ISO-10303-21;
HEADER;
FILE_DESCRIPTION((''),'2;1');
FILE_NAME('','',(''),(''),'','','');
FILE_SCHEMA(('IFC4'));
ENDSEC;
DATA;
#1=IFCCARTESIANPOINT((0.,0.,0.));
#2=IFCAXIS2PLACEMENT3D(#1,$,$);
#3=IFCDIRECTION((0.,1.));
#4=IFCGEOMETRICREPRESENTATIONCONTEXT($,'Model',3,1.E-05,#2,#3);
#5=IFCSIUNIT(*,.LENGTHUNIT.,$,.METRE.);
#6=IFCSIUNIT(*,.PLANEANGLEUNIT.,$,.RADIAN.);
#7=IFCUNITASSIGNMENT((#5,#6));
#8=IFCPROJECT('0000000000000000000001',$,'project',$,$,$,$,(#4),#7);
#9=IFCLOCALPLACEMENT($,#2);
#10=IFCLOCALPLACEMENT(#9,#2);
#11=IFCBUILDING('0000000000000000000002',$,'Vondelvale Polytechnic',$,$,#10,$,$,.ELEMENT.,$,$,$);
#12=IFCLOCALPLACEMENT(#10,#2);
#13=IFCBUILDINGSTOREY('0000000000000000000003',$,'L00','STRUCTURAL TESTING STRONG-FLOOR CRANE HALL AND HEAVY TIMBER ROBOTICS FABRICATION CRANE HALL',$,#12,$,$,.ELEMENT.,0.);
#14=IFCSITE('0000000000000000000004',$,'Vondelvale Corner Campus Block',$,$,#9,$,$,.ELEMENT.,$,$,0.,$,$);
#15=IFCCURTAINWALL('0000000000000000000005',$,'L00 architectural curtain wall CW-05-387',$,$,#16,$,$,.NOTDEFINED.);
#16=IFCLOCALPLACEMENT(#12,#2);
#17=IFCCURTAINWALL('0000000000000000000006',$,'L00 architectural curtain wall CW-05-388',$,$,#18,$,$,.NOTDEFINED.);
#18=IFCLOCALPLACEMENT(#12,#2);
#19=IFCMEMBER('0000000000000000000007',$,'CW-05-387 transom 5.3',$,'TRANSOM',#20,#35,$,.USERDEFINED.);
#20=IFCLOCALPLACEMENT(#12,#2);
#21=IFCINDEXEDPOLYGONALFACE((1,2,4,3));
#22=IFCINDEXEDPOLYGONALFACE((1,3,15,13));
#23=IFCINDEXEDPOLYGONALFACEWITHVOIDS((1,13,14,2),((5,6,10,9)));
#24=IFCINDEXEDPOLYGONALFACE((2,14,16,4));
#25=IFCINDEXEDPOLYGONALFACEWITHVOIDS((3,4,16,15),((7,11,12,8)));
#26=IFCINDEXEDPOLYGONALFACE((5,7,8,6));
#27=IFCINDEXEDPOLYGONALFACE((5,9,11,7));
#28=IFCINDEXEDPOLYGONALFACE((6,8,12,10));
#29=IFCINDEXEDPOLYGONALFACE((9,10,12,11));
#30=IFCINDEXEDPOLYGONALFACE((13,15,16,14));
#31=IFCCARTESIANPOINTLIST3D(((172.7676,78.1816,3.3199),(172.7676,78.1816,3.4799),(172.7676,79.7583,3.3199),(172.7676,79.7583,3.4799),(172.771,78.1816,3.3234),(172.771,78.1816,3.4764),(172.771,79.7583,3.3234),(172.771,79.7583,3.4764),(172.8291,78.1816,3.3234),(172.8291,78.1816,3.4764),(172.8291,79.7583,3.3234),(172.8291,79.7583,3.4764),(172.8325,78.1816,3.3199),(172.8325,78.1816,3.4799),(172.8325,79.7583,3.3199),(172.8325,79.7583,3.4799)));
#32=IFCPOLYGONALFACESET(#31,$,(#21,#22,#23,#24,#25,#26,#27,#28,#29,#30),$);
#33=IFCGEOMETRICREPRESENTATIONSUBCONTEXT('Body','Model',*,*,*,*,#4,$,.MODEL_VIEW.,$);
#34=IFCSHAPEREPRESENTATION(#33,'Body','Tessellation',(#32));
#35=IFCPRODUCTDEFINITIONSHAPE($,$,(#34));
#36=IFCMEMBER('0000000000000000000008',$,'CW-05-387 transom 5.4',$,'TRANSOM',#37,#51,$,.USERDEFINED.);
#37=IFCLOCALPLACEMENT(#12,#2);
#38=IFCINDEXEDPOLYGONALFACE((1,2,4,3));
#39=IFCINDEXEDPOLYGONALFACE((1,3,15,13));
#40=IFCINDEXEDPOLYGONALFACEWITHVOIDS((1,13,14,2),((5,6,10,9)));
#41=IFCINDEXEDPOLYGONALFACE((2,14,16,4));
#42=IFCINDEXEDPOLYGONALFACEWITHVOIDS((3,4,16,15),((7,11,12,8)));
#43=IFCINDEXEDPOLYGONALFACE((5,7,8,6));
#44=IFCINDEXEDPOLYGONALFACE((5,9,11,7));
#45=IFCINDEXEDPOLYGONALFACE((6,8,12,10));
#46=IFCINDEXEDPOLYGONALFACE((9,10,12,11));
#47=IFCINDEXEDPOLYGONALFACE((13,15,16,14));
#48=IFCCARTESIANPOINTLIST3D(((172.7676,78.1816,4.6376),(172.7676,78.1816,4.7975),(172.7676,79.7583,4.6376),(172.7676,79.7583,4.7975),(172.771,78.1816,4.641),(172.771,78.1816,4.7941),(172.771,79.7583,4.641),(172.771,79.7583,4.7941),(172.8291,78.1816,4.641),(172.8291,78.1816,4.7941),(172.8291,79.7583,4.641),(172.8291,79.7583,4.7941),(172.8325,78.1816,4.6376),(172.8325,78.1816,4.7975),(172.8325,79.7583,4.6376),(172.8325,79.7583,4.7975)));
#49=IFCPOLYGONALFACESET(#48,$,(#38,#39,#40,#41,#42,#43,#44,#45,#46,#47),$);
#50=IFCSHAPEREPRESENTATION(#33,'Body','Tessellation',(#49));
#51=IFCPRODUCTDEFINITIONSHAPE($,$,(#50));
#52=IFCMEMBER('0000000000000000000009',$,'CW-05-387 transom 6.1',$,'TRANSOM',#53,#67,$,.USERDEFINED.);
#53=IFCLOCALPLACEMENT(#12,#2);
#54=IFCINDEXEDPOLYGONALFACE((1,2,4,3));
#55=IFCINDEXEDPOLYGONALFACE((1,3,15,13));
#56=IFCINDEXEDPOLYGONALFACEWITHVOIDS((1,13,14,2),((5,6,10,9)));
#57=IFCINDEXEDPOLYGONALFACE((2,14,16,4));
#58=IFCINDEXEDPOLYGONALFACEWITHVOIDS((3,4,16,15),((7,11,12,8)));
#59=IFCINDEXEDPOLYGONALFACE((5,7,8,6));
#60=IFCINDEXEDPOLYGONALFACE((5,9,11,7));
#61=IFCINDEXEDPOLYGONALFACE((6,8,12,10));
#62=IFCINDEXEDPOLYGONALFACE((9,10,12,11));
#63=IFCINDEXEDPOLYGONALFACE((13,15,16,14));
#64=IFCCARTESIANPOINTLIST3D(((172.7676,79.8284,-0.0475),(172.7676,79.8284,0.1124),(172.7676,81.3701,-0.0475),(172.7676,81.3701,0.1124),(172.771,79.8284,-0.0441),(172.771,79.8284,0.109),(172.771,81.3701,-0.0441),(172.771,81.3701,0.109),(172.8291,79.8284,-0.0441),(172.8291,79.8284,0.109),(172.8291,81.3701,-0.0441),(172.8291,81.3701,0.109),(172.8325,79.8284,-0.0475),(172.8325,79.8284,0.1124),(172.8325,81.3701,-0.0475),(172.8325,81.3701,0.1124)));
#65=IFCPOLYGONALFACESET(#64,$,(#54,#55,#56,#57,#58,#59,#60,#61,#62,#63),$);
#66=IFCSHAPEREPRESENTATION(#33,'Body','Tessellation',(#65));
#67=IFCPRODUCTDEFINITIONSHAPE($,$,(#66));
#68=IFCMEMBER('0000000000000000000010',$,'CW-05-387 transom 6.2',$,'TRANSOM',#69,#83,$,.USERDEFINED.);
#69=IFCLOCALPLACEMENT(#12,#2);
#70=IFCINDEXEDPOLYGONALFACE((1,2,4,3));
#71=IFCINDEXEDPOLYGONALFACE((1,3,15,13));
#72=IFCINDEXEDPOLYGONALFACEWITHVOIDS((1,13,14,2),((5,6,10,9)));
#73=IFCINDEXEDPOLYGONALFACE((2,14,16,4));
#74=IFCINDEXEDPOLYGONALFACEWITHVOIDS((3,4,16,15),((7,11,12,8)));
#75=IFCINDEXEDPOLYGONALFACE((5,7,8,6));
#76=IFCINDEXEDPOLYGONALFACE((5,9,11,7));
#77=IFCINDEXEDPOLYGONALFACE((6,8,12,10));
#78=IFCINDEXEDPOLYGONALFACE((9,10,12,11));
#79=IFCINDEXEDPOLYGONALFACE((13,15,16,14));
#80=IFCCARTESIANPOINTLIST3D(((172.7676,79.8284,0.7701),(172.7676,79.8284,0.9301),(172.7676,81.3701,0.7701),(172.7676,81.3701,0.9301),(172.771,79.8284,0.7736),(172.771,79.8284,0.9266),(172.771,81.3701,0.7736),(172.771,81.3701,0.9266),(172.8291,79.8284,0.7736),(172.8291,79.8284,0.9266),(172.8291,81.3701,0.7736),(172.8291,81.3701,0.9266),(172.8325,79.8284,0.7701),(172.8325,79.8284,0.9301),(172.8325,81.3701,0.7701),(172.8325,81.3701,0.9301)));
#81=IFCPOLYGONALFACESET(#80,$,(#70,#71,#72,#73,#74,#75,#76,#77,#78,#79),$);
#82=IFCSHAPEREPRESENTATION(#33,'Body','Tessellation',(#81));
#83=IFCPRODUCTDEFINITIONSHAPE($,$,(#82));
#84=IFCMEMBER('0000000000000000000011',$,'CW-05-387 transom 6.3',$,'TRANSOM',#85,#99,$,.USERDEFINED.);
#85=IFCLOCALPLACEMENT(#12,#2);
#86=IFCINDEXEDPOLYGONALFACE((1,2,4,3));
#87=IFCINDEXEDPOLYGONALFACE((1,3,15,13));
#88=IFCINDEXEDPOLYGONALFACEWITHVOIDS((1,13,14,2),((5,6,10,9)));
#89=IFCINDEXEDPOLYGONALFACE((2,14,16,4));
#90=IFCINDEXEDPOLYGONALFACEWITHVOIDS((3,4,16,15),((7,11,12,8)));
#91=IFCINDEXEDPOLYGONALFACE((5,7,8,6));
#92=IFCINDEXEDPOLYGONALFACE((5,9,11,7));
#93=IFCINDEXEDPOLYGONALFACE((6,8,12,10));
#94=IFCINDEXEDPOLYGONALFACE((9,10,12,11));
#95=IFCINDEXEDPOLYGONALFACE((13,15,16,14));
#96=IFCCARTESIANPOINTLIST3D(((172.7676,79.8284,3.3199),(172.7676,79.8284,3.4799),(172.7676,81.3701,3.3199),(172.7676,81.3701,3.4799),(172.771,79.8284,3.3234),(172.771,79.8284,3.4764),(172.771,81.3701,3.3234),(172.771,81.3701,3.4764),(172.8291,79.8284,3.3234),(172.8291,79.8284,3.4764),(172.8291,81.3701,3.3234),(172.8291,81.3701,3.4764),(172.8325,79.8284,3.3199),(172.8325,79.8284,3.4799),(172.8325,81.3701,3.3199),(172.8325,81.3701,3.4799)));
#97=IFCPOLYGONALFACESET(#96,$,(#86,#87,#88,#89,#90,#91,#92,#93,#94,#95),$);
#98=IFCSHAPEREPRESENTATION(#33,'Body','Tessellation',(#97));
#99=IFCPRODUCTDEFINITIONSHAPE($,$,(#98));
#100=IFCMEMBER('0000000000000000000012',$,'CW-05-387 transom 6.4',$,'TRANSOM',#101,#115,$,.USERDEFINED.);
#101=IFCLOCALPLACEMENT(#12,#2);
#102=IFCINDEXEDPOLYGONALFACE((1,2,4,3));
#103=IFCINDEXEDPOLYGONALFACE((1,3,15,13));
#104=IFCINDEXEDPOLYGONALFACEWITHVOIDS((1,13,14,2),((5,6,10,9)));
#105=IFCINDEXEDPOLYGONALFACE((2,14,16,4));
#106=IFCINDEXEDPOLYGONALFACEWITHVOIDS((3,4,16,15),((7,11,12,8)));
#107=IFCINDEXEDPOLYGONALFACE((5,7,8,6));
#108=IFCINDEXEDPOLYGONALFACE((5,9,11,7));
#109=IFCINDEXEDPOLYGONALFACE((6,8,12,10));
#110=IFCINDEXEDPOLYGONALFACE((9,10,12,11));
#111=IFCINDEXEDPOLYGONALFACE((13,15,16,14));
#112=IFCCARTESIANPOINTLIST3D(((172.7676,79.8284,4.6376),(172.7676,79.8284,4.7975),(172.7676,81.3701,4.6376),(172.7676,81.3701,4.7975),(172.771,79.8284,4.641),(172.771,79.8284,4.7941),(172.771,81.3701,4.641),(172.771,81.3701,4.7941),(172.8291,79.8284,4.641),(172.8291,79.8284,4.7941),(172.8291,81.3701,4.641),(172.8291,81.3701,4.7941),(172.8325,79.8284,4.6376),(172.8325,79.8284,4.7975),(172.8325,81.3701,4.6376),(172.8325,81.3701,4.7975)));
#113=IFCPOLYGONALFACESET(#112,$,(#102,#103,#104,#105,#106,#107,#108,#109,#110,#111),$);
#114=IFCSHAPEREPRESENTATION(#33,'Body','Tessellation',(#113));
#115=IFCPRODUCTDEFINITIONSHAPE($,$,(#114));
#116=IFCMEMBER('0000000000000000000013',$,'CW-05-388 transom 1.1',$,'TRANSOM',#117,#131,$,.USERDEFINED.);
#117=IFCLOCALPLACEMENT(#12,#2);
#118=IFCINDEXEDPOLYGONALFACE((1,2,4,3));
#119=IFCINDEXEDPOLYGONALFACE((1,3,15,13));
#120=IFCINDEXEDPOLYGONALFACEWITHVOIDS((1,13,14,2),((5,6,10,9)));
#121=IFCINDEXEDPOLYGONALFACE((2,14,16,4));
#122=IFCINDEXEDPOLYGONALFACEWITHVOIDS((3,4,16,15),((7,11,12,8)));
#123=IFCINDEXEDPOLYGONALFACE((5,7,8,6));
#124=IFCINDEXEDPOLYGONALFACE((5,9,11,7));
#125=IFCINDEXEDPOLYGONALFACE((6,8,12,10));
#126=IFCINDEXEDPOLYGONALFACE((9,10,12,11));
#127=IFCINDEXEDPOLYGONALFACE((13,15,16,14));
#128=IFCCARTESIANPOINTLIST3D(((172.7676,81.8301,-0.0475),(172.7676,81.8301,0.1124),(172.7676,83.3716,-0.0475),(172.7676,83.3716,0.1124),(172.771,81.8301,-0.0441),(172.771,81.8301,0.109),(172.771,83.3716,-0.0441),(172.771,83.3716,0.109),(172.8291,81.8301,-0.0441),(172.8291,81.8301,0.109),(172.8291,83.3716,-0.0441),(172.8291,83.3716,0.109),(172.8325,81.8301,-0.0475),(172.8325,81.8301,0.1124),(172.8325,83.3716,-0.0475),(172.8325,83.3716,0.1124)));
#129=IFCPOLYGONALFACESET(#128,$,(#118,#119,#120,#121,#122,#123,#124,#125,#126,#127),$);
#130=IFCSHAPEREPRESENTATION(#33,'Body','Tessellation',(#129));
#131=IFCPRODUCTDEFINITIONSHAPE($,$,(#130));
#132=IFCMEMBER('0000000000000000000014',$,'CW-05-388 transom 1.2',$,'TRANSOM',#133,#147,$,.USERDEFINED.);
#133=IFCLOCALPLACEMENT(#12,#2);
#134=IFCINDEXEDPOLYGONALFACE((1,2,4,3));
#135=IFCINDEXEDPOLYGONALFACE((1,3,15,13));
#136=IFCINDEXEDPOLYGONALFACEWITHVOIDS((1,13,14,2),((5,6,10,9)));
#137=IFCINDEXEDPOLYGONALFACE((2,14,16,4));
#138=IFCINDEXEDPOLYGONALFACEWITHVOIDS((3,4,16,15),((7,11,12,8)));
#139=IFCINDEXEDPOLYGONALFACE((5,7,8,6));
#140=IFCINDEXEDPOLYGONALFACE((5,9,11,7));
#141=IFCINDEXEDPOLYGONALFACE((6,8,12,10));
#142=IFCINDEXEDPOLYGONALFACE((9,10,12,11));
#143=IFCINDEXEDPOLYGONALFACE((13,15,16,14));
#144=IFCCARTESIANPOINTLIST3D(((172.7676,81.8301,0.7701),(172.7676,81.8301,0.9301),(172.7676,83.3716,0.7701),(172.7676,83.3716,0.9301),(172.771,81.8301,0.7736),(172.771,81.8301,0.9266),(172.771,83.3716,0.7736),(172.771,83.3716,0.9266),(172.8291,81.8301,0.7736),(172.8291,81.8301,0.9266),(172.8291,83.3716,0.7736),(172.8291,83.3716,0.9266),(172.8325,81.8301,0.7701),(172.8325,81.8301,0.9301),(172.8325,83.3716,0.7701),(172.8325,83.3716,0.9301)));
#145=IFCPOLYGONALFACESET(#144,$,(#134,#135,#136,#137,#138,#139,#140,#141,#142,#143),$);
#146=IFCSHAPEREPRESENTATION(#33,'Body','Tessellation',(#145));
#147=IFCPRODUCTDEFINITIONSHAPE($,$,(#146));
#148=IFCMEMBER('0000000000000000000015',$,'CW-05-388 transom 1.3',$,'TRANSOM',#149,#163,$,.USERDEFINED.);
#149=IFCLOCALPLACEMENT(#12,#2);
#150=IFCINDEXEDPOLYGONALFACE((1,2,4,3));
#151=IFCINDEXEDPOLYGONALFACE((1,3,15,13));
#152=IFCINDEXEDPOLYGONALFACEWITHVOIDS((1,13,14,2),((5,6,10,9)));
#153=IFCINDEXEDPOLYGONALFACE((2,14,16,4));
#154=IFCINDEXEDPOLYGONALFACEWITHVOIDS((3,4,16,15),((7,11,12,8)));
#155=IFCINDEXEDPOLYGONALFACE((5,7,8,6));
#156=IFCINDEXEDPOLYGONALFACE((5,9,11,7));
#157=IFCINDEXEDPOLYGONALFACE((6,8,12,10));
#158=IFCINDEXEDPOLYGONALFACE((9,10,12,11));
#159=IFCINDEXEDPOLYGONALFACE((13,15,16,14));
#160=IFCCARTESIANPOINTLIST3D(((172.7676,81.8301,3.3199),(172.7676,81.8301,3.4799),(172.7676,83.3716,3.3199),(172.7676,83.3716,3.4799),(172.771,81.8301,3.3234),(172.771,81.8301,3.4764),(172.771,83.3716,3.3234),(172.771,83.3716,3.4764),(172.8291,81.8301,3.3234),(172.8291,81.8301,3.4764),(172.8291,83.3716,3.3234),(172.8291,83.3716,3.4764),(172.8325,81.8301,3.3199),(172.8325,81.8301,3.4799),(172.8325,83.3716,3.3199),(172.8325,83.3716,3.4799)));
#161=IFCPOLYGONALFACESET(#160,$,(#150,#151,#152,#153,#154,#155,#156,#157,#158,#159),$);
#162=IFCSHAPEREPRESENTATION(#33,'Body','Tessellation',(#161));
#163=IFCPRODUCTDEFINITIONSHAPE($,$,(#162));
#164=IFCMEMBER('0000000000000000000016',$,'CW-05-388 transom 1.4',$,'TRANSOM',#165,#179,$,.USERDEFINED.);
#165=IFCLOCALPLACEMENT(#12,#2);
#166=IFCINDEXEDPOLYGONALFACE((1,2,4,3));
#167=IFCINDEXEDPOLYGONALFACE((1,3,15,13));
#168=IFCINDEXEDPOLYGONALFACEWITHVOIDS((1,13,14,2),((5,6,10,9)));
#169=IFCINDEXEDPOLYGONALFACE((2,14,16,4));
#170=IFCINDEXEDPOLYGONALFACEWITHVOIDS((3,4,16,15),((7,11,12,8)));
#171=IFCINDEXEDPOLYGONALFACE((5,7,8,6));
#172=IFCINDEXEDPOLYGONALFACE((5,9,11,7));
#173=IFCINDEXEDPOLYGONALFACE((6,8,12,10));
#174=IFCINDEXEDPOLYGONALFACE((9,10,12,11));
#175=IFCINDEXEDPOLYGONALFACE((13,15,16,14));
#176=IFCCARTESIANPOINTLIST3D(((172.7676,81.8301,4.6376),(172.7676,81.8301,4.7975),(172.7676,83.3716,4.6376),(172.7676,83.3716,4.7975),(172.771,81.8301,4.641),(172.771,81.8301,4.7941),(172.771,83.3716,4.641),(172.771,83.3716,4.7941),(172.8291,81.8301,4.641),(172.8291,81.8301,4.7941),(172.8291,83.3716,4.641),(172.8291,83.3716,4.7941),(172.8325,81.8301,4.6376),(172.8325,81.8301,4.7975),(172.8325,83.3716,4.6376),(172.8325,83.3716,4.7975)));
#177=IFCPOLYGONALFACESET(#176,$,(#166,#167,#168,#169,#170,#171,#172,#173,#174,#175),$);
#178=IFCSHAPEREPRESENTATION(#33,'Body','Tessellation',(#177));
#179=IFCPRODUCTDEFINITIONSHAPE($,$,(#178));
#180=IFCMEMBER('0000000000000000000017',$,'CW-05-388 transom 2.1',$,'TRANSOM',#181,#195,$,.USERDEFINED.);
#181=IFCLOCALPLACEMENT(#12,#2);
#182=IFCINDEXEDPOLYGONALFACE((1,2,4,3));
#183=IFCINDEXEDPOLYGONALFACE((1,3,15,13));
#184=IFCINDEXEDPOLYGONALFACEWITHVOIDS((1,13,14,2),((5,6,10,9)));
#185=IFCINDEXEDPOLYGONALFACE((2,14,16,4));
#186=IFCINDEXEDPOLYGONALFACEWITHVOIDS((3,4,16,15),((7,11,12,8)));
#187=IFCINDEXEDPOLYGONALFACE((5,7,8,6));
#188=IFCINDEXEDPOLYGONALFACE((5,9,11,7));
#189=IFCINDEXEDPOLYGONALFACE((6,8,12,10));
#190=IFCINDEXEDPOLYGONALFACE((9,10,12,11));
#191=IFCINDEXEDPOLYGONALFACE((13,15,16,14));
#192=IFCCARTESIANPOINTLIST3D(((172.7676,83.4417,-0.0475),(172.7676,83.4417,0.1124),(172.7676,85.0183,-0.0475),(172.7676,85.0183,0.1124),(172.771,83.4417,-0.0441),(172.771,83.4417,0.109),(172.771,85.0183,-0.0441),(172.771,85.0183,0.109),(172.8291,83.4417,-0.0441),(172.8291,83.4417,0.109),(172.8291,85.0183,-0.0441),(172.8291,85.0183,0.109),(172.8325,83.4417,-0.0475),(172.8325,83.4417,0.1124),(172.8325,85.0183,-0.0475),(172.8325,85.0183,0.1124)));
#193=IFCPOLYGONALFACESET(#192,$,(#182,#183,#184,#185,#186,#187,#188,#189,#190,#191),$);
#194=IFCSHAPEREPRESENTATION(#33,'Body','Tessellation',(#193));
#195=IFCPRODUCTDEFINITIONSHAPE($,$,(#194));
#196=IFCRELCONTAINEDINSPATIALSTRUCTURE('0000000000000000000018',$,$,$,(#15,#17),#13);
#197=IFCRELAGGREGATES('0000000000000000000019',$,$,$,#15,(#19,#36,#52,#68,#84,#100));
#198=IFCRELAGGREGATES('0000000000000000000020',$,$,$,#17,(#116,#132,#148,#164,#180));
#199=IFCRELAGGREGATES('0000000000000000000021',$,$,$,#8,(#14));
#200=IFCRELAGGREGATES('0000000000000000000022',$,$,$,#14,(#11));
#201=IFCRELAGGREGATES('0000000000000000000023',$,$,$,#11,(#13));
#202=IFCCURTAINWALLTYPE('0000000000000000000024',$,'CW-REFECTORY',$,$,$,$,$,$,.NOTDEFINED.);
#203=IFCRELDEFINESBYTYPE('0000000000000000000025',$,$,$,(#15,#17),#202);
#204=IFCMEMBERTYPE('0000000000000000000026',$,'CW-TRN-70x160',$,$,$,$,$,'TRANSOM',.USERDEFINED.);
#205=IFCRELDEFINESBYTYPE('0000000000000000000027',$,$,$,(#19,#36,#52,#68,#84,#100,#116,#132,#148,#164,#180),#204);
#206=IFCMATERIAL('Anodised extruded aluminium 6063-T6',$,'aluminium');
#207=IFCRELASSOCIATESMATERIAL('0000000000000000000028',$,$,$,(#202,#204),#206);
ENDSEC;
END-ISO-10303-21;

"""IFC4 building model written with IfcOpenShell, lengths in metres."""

from ifc_helpers import new_model, si_unit, direction, frame, origin, origin_2d, place, context, subcontext, project, spatial, hollow_rectangle, extrude, material, material_profile, profile_set, type_object, element, aggregate, save


model = new_model("IFC4")

# Units and contexts
model_context = context("Model", 3, precision=1e-05, world=origin(), true_north=direction((0.0, 1.0)))
body_context = subcontext(model_context, "Body", "Model", "MODEL_VIEW")
ifc_project = project(units=[si_unit("LENGTHUNIT", "METRE"), si_unit("PLANEANGLEUNIT", "RADIAN")], contexts=[model_context])

# Site, building, storey
site_placement = place(None, origin())
site = spatial("IfcSite", under=ifc_project, at=site_placement, Name="Vondelvale Corner Campus Block", CompositionType="ELEMENT", RefElevation=0.0)
building_placement = place(site_placement, origin())
building = spatial("IfcBuilding", under=site, at=building_placement, Name="Vondelvale Polytechnic", CompositionType="ELEMENT")
storey_placement = place(building_placement, origin())
storey = spatial("IfcBuildingStorey", under=building, at=storey_placement, Name="L00", Description="STRUCTURAL TESTING STRONG-FLOOR CRANE HALL AND HEAVY TIMBER ROBOTICS FABRICATION CRANE HALL", CompositionType="ELEMENT", Elevation=0.0)

# Curtain walls
ifc_material_1 = material(Name="Anodised extruded aluminium 6063-T6", Category="aluminium")
curtain_wall_type = type_object("IfcCurtainWallType", Name="CW-REFECTORY", PredefinedType="NOTDEFINED", material=ifc_material_1)
curtain_wall_1_placement = place(storey_placement, origin())
curtain_wall_1 = element("IfcCurtainWall", 1, at=curtain_wall_1_placement, inside=storey, type_object=curtain_wall_type, Name="L00 architectural curtain wall CW-05-387", PredefinedType="NOTDEFINED")
curtain_wall_2_placement = place(storey_placement, origin())
curtain_wall_2 = element("IfcCurtainWall", 2, at=curtain_wall_2_placement, inside=storey, type_object=curtain_wall_type, Name="L00 architectural curtain wall CW-05-388", PredefinedType="NOTDEFINED")

# Members
ifc_material_profile_1 = material_profile(ifc_material_1, hollow_rectangle(XDim=0.0649, YDim=0.1599, WallThickness=0.0034, at=origin_2d()), Name="CW-TRN-160x65")
ifc_profile_set_1 = profile_set([ifc_material_profile_1], Name="Anodised extruded aluminium 6063-T6")
member_type_1 = type_object("IfcMemberType", Name="CW-TRN-70x160", ElementType="TRANSOM", PredefinedType="USERDEFINED", material=ifc_profile_set_1)
member_1_placement = place(storey_placement, frame((172.8, 78.1816, 3.3999), z_axis=(0.0, 1.0, 0.0), x_axis=(-1.0, 0.0, 0.0)))
member_1 = element("IfcMember", 3, at=member_1_placement, type_object=member_type_1, Name="CW-05-387 transom 5.3", ObjectType="TRANSOM", PredefinedType="USERDEFINED", context=body_context, shape_type="SweptSolid", body=[
    extrude(hollow_rectangle(XDim=0.0649, YDim=0.1599, WallThickness=0.0034, at=origin_2d()), origin(), (0.0, 0.0, 1.0), 1.5767),
])
member_2_placement = place(storey_placement, frame((172.8, 78.1816, 4.7175), z_axis=(0.0, 1.0, 0.0), x_axis=(-1.0, 0.0, 0.0)))
member_2 = element("IfcMember", 4, at=member_2_placement, type_object=member_type_1, Name="CW-05-387 transom 5.4", ObjectType="TRANSOM", PredefinedType="USERDEFINED", context=body_context, shape_type="SweptSolid", body=[
    extrude(hollow_rectangle(XDim=0.0649, YDim=0.1599, WallThickness=0.0034, at=origin_2d()), origin(), (0.0, 0.0, 1.0), 1.5767),
])
member_3_placement = place(storey_placement, frame((172.8, 79.8284, 0.0325), z_axis=(0.0, 1.0, 0.0), x_axis=(-1.0, 0.0, 0.0)))
member_3 = element("IfcMember", 5, at=member_3_placement, type_object=member_type_1, Name="CW-05-387 transom 6.1", ObjectType="TRANSOM", PredefinedType="USERDEFINED", context=body_context, shape_type="SweptSolid", body=[
    extrude(hollow_rectangle(XDim=0.0649, YDim=0.1599, WallThickness=0.0034, at=origin_2d()), origin(), (0.0, 0.0, 1.0), 1.5417),
])
member_4_placement = place(storey_placement, frame((172.8, 79.8284, 0.8501), z_axis=(0.0, 1.0, 0.0), x_axis=(-1.0, 0.0, 0.0)))
member_4 = element("IfcMember", 6, at=member_4_placement, type_object=member_type_1, Name="CW-05-387 transom 6.2", ObjectType="TRANSOM", PredefinedType="USERDEFINED", context=body_context, shape_type="SweptSolid", body=[
    extrude(hollow_rectangle(XDim=0.0649, YDim=0.1599, WallThickness=0.0034, at=origin_2d()), origin(), (0.0, 0.0, 1.0), 1.5417),
])
member_5_placement = place(storey_placement, frame((172.8, 79.8284, 3.3999), z_axis=(0.0, 1.0, 0.0), x_axis=(-1.0, 0.0, 0.0)))
member_5 = element("IfcMember", 7, at=member_5_placement, type_object=member_type_1, Name="CW-05-387 transom 6.3", ObjectType="TRANSOM", PredefinedType="USERDEFINED", context=body_context, shape_type="SweptSolid", body=[
    extrude(hollow_rectangle(XDim=0.0649, YDim=0.1599, WallThickness=0.0034, at=origin_2d()), origin(), (0.0, 0.0, 1.0), 1.5417),
])
member_6_placement = place(storey_placement, frame((172.8, 79.8284, 4.7175), z_axis=(0.0, 1.0, 0.0), x_axis=(-1.0, 0.0, 0.0)))
member_6 = element("IfcMember", 8, at=member_6_placement, type_object=member_type_1, Name="CW-05-387 transom 6.4", ObjectType="TRANSOM", PredefinedType="USERDEFINED", context=body_context, shape_type="SweptSolid", body=[
    extrude(hollow_rectangle(XDim=0.0649, YDim=0.1599, WallThickness=0.0034, at=origin_2d()), origin(), (0.0, 0.0, 1.0), 1.5417),
])
member_7_placement = place(storey_placement, frame((172.8, 81.8301, 0.0325), z_axis=(0.0, 1.0, 0.0), x_axis=(-1.0, 0.0, 0.0)))
member_7 = element("IfcMember", 9, at=member_7_placement, type_object=member_type_1, Name="CW-05-388 transom 1.1", ObjectType="TRANSOM", PredefinedType="USERDEFINED", context=body_context, shape_type="SweptSolid", body=[
    extrude(hollow_rectangle(XDim=0.0649, YDim=0.1599, WallThickness=0.0034, at=origin_2d()), origin(), (0.0, 0.0, 1.0), 1.5415),
])
member_8_placement = place(storey_placement, frame((172.8, 81.8301, 0.8501), z_axis=(0.0, 1.0, 0.0), x_axis=(-1.0, 0.0, 0.0)))
member_8 = element("IfcMember", 10, at=member_8_placement, type_object=member_type_1, Name="CW-05-388 transom 1.2", ObjectType="TRANSOM", PredefinedType="USERDEFINED", context=body_context, shape_type="SweptSolid", body=[
    extrude(hollow_rectangle(XDim=0.0649, YDim=0.1599, WallThickness=0.0034, at=origin_2d()), origin(), (0.0, 0.0, 1.0), 1.5415),
])
member_9_placement = place(storey_placement, frame((172.8, 81.8301, 3.3999), z_axis=(0.0, 1.0, 0.0), x_axis=(-1.0, 0.0, 0.0)))
member_9 = element("IfcMember", 11, at=member_9_placement, type_object=member_type_1, Name="CW-05-388 transom 1.3", ObjectType="TRANSOM", PredefinedType="USERDEFINED", context=body_context, shape_type="SweptSolid", body=[
    extrude(hollow_rectangle(XDim=0.0649, YDim=0.1599, WallThickness=0.0034, at=origin_2d()), origin(), (0.0, 0.0, 1.0), 1.5415),
])
member_10_placement = place(storey_placement, frame((172.8, 81.8301, 4.7175), z_axis=(0.0, 1.0, 0.0), x_axis=(-1.0, 0.0, 0.0)))
member_10 = element("IfcMember", 12, at=member_10_placement, type_object=member_type_1, Name="CW-05-388 transom 1.4", ObjectType="TRANSOM", PredefinedType="USERDEFINED", context=body_context, shape_type="SweptSolid", body=[
    extrude(hollow_rectangle(XDim=0.0649, YDim=0.1599, WallThickness=0.0034, at=origin_2d()), origin(), (0.0, 0.0, 1.0), 1.5415),
])
member_11_placement = place(storey_placement, frame((172.8, 83.4417, 0.0325), z_axis=(0.0, 1.0, 0.0), x_axis=(-1.0, 0.0, 0.0)))
member_11 = element("IfcMember", 13, at=member_11_placement, type_object=member_type_1, Name="CW-05-388 transom 2.1", ObjectType="TRANSOM", PredefinedType="USERDEFINED", context=body_context, shape_type="SweptSolid", body=[
    extrude(hollow_rectangle(XDim=0.0649, YDim=0.1599, WallThickness=0.0034, at=origin_2d()), origin(), (0.0, 0.0, 1.0), 1.5767),
])

aggregate(curtain_wall_1, [member_1, member_2, member_3, member_4, member_5, member_6])
aggregate(curtain_wall_2, [member_7, member_8, member_9, member_10, member_11])

save(model, "model.ifc")
